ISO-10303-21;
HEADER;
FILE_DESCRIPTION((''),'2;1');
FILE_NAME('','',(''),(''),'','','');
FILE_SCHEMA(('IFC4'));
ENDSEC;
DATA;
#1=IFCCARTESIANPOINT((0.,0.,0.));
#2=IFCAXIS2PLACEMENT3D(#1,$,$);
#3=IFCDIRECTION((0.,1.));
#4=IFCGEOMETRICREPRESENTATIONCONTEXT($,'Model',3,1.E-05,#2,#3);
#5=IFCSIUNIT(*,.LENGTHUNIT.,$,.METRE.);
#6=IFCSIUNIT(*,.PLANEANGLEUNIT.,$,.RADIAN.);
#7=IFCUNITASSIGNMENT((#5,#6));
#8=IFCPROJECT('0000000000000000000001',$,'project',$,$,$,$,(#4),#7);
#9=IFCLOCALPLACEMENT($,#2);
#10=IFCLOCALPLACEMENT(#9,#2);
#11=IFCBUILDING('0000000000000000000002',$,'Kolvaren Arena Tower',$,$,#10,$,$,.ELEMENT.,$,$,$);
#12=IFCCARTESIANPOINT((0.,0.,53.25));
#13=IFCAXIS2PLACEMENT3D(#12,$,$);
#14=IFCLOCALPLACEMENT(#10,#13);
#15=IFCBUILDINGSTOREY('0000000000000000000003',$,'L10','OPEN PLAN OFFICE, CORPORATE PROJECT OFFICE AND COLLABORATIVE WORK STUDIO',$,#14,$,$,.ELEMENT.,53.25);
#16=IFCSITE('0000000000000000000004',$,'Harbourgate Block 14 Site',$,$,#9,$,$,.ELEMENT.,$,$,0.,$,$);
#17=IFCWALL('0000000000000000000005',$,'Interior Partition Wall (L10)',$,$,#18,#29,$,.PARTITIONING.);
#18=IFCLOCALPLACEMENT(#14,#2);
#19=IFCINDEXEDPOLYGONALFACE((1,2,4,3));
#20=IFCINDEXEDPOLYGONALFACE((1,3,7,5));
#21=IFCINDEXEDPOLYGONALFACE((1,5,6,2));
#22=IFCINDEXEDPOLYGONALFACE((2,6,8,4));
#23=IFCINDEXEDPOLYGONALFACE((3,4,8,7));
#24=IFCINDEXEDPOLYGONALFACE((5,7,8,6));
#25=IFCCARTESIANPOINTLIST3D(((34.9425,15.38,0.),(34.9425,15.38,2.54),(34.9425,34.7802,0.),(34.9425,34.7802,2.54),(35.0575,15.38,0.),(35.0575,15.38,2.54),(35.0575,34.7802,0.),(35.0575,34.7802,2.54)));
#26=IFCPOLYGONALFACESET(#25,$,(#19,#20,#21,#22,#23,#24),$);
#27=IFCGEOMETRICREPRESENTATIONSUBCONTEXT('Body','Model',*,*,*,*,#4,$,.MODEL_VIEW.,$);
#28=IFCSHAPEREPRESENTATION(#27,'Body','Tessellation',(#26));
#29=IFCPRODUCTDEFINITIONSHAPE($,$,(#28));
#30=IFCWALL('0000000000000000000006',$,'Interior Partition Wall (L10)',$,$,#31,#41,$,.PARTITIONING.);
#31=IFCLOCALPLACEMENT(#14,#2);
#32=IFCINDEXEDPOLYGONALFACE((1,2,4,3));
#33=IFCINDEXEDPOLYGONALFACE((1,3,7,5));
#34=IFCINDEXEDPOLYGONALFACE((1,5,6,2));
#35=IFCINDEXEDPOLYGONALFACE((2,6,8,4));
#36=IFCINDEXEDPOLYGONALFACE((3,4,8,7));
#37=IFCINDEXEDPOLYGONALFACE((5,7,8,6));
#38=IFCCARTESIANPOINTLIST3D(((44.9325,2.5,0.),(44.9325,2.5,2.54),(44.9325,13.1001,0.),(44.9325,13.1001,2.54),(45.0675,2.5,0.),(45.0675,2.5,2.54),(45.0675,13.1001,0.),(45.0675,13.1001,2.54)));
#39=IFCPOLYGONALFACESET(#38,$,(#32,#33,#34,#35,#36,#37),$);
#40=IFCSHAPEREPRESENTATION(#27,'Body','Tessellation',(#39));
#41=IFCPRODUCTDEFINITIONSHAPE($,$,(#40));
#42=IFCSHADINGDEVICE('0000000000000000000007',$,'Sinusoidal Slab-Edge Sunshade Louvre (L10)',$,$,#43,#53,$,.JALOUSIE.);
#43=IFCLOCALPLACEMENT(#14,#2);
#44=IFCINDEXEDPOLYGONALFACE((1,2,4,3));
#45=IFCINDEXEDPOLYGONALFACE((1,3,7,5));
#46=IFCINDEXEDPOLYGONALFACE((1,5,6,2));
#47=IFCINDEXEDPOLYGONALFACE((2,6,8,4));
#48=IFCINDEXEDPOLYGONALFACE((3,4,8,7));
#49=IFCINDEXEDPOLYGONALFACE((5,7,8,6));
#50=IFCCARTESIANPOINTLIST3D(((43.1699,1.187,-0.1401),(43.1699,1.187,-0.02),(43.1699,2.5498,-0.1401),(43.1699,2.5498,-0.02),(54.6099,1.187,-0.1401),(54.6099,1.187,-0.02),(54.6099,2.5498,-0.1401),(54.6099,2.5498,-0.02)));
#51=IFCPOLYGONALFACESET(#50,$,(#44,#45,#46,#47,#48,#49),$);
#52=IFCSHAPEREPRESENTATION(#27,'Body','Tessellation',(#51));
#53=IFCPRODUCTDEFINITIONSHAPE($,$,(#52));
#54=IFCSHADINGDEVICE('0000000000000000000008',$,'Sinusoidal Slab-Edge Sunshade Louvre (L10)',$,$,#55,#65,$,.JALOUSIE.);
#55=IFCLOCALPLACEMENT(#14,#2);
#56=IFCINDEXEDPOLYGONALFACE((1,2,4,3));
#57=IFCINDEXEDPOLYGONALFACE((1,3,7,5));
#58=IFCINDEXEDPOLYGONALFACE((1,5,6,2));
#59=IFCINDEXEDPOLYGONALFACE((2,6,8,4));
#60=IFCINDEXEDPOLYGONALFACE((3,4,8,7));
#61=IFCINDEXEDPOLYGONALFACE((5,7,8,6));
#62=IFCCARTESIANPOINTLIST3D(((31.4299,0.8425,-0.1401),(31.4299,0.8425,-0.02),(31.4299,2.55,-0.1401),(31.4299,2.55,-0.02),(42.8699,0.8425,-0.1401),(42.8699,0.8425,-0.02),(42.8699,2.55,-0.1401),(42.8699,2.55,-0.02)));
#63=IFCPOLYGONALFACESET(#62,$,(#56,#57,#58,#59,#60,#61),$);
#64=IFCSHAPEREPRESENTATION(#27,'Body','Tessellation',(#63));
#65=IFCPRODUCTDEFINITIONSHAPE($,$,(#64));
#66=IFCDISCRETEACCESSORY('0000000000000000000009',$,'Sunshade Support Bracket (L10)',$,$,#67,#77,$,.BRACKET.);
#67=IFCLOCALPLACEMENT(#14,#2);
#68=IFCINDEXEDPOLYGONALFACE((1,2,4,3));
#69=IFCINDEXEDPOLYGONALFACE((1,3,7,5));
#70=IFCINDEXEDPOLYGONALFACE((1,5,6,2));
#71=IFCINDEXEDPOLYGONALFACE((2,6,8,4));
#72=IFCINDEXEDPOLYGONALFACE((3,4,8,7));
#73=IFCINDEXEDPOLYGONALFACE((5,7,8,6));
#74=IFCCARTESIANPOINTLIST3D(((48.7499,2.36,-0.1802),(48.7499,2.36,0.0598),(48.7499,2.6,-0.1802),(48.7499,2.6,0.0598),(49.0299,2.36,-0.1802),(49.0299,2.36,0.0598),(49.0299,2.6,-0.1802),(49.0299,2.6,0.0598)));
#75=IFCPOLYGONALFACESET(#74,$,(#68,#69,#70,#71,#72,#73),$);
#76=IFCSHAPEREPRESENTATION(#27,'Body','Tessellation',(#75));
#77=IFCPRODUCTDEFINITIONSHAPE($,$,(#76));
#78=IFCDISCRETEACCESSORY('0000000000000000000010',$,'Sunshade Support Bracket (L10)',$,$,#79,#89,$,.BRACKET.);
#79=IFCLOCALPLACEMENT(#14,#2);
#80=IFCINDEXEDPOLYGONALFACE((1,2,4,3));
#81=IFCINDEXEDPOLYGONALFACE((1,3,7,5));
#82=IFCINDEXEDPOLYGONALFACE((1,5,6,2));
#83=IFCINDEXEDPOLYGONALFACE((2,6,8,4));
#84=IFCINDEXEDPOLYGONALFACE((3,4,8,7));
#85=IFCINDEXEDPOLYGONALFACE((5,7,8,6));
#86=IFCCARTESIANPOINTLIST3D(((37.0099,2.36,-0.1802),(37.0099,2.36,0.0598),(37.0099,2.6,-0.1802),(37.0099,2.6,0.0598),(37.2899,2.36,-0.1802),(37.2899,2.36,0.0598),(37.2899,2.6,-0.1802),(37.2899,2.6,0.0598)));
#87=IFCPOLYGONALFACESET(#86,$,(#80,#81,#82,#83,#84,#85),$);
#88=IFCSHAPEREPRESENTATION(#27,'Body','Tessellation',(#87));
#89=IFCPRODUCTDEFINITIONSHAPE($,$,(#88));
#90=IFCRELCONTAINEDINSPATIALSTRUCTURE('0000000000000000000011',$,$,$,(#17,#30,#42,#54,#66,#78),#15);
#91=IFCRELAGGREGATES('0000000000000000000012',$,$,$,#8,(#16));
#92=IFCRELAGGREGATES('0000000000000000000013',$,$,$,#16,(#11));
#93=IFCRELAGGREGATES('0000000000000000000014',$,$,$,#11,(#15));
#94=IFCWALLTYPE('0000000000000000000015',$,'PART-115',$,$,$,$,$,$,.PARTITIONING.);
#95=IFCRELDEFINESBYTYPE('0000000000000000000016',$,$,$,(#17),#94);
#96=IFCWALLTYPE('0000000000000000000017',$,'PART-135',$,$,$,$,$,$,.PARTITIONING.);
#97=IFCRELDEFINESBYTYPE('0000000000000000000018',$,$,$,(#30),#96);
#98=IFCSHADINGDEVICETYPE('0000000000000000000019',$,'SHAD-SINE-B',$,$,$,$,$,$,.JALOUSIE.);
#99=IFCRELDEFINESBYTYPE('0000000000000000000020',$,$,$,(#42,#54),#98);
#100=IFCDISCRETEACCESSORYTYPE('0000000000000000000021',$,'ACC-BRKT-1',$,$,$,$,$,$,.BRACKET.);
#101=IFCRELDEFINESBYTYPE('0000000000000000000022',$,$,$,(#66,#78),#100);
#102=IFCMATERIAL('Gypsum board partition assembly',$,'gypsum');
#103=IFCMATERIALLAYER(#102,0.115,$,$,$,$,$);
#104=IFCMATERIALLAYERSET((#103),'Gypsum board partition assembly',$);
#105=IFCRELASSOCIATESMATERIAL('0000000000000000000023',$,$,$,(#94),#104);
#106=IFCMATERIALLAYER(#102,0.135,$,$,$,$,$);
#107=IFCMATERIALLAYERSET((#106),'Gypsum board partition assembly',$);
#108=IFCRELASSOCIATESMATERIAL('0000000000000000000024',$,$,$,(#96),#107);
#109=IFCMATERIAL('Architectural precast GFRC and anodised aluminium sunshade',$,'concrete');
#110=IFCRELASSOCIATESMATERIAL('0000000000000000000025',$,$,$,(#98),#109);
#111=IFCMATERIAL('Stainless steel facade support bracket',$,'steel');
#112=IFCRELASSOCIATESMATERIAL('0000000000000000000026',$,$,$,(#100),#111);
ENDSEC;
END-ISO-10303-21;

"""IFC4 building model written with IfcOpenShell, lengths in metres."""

from ifc_helpers import new_model, si_unit, direction, frame, frame_2d, origin, origin_2d, place, context, subcontext, project, spatial, rectangle, extrude, material, layer, layer_set, type_object, element, save


model = new_model("IFC4")

# Units and contexts
model_context = context("Model", 3, precision=1e-05, world=origin(), true_north=direction((0.0, 1.0)))
body_context = subcontext(model_context, "Body", "Model", "MODEL_VIEW")
ifc_project = project(units=[si_unit("LENGTHUNIT", "METRE"), si_unit("PLANEANGLEUNIT", "RADIAN")], contexts=[model_context])

# Site, building, storey
site_placement = place(None, origin())
site = spatial("IfcSite", under=ifc_project, at=site_placement, Name="Harbourgate Block 14 Site", CompositionType="ELEMENT", RefElevation=0.0)
building_placement = place(site_placement, origin())
building = spatial("IfcBuilding", under=site, at=building_placement, Name="Kolvaren Arena Tower", CompositionType="ELEMENT")
storey_placement = place(building_placement, frame((0.0, 0.0, 53.25)))
storey = spatial("IfcBuildingStorey", under=building, at=storey_placement, Name="L10", Description="OPEN PLAN OFFICE, CORPORATE PROJECT OFFICE AND COLLABORATIVE WORK STUDIO", CompositionType="ELEMENT", Elevation=53.25)

# Walls
ifc_material_1 = material(Name="Gypsum board partition assembly", Category="gypsum")
ifc_layer_1 = layer(ifc_material_1, 0.115)
ifc_layer_set_1 = layer_set([ifc_layer_1], Name="Gypsum board partition assembly")
wall_type_1 = type_object("IfcWallType", Name="PART-115", PredefinedType="PARTITIONING", material=ifc_layer_set_1)
wall_1_placement = place(storey_placement, frame((35.0, 15.3799, 0.0), z_axis=(0.0, 0.0, 1.0), x_axis=(0.0, 1.0, 0.0)))
element("IfcWall", 1, at=wall_1_placement, inside=storey, type_object=wall_type_1, Name="Interior Partition Wall (L10)", PredefinedType="PARTITIONING", context=body_context, shape_type="SweptSolid", body=[
    extrude(rectangle(XDim=19.4001, YDim=0.115, at=frame_2d((9.7002, 0.0))), origin(), (0.0, 0.0, 1.0), 2.54),
])
ifc_layer_2 = layer(ifc_material_1, 0.135)
ifc_layer_set_2 = layer_set([ifc_layer_2], Name="Gypsum board partition assembly")
wall_type_2 = type_object("IfcWallType", Name="PART-135", PredefinedType="PARTITIONING", material=ifc_layer_set_2)
wall_2_placement = place(storey_placement, frame((45.0, 2.5, 0.0), z_axis=(0.0, 0.0, 1.0), x_axis=(0.0, 1.0, 0.0)))
element("IfcWall", 2, at=wall_2_placement, inside=storey, type_object=wall_type_2, Name="Interior Partition Wall (L10)", PredefinedType="PARTITIONING", context=body_context, shape_type="SweptSolid", body=[
    extrude(rectangle(XDim=10.6001, YDim=0.135, at=frame_2d((5.3, 0.0))), origin(), (0.0, 0.0, 1.0), 2.54),
])

# Shading devices
ifc_material_2 = material(Name="Architectural precast GFRC and anodised aluminium sunshade", Category="concrete")
shading_device_type = type_object("IfcShadingDeviceType", Name="SHAD-SINE-B", PredefinedType="JALOUSIE", material=ifc_material_2)
shading_device_1_placement = place(storey_placement, frame((48.8899, 1.8684, -0.1401), z_axis=(0.0, 0.0, 1.0), x_axis=(-1.0, 0.0, 0.0)))
element("IfcShadingDevice", 3, at=shading_device_1_placement, inside=storey, type_object=shading_device_type, Name="Sinusoidal Slab-Edge Sunshade Louvre (L10)", PredefinedType="JALOUSIE", context=body_context, shape_type="SweptSolid", body=[
    extrude(rectangle(XDim=11.4399, YDim=1.3628, at=origin_2d()), origin(), (0.0, 0.0, 1.0), 0.1201),
])
shading_device_2_placement = place(storey_placement, frame((37.1499, 1.6963, -0.1401), z_axis=(0.0, 0.0, 1.0), x_axis=(-1.0, 0.0, 0.0)))
element("IfcShadingDevice", 4, at=shading_device_2_placement, inside=storey, type_object=shading_device_type, Name="Sinusoidal Slab-Edge Sunshade Louvre (L10)", PredefinedType="JALOUSIE", context=body_context, shape_type="SweptSolid", body=[
    extrude(rectangle(XDim=11.4399, YDim=1.7075, at=origin_2d()), origin(), (0.0, 0.0, 1.0), 0.1201),
])

# Discrete accessories
ifc_material_3 = material(Name="Stainless steel facade support bracket", Category="steel")
discrete_accessory_type = type_object("IfcDiscreteAccessoryType", Name="ACC-BRKT-1", PredefinedType="BRACKET", material=ifc_material_3)
for number, where, z_axis, x_axis, name in (
    (5, (48.8899, 2.48, -0.1802), (0.0, 0.0, 1.0), (-1.0, 0.0, 0.0), "Sunshade Support Bracket (L10)"),
    (6, (37.1499, 2.48, -0.1802), (0.0, 0.0, 1.0), (-1.0, 0.0, 0.0), "Sunshade Support Bracket (L10)"),
):
    element("IfcDiscreteAccessory", number, at=place(storey_placement, frame(where, z_axis=z_axis, x_axis=x_axis)), inside=storey, type_object=discrete_accessory_type, Name=name, PredefinedType="BRACKET", context=body_context, shape_type="SweptSolid", body=[
        extrude(rectangle(XDim=0.28, YDim=0.24, at=origin_2d()), origin(), (0.0, 0.0, 1.0), 0.24),
    ])

save(model, "model.ifc")
